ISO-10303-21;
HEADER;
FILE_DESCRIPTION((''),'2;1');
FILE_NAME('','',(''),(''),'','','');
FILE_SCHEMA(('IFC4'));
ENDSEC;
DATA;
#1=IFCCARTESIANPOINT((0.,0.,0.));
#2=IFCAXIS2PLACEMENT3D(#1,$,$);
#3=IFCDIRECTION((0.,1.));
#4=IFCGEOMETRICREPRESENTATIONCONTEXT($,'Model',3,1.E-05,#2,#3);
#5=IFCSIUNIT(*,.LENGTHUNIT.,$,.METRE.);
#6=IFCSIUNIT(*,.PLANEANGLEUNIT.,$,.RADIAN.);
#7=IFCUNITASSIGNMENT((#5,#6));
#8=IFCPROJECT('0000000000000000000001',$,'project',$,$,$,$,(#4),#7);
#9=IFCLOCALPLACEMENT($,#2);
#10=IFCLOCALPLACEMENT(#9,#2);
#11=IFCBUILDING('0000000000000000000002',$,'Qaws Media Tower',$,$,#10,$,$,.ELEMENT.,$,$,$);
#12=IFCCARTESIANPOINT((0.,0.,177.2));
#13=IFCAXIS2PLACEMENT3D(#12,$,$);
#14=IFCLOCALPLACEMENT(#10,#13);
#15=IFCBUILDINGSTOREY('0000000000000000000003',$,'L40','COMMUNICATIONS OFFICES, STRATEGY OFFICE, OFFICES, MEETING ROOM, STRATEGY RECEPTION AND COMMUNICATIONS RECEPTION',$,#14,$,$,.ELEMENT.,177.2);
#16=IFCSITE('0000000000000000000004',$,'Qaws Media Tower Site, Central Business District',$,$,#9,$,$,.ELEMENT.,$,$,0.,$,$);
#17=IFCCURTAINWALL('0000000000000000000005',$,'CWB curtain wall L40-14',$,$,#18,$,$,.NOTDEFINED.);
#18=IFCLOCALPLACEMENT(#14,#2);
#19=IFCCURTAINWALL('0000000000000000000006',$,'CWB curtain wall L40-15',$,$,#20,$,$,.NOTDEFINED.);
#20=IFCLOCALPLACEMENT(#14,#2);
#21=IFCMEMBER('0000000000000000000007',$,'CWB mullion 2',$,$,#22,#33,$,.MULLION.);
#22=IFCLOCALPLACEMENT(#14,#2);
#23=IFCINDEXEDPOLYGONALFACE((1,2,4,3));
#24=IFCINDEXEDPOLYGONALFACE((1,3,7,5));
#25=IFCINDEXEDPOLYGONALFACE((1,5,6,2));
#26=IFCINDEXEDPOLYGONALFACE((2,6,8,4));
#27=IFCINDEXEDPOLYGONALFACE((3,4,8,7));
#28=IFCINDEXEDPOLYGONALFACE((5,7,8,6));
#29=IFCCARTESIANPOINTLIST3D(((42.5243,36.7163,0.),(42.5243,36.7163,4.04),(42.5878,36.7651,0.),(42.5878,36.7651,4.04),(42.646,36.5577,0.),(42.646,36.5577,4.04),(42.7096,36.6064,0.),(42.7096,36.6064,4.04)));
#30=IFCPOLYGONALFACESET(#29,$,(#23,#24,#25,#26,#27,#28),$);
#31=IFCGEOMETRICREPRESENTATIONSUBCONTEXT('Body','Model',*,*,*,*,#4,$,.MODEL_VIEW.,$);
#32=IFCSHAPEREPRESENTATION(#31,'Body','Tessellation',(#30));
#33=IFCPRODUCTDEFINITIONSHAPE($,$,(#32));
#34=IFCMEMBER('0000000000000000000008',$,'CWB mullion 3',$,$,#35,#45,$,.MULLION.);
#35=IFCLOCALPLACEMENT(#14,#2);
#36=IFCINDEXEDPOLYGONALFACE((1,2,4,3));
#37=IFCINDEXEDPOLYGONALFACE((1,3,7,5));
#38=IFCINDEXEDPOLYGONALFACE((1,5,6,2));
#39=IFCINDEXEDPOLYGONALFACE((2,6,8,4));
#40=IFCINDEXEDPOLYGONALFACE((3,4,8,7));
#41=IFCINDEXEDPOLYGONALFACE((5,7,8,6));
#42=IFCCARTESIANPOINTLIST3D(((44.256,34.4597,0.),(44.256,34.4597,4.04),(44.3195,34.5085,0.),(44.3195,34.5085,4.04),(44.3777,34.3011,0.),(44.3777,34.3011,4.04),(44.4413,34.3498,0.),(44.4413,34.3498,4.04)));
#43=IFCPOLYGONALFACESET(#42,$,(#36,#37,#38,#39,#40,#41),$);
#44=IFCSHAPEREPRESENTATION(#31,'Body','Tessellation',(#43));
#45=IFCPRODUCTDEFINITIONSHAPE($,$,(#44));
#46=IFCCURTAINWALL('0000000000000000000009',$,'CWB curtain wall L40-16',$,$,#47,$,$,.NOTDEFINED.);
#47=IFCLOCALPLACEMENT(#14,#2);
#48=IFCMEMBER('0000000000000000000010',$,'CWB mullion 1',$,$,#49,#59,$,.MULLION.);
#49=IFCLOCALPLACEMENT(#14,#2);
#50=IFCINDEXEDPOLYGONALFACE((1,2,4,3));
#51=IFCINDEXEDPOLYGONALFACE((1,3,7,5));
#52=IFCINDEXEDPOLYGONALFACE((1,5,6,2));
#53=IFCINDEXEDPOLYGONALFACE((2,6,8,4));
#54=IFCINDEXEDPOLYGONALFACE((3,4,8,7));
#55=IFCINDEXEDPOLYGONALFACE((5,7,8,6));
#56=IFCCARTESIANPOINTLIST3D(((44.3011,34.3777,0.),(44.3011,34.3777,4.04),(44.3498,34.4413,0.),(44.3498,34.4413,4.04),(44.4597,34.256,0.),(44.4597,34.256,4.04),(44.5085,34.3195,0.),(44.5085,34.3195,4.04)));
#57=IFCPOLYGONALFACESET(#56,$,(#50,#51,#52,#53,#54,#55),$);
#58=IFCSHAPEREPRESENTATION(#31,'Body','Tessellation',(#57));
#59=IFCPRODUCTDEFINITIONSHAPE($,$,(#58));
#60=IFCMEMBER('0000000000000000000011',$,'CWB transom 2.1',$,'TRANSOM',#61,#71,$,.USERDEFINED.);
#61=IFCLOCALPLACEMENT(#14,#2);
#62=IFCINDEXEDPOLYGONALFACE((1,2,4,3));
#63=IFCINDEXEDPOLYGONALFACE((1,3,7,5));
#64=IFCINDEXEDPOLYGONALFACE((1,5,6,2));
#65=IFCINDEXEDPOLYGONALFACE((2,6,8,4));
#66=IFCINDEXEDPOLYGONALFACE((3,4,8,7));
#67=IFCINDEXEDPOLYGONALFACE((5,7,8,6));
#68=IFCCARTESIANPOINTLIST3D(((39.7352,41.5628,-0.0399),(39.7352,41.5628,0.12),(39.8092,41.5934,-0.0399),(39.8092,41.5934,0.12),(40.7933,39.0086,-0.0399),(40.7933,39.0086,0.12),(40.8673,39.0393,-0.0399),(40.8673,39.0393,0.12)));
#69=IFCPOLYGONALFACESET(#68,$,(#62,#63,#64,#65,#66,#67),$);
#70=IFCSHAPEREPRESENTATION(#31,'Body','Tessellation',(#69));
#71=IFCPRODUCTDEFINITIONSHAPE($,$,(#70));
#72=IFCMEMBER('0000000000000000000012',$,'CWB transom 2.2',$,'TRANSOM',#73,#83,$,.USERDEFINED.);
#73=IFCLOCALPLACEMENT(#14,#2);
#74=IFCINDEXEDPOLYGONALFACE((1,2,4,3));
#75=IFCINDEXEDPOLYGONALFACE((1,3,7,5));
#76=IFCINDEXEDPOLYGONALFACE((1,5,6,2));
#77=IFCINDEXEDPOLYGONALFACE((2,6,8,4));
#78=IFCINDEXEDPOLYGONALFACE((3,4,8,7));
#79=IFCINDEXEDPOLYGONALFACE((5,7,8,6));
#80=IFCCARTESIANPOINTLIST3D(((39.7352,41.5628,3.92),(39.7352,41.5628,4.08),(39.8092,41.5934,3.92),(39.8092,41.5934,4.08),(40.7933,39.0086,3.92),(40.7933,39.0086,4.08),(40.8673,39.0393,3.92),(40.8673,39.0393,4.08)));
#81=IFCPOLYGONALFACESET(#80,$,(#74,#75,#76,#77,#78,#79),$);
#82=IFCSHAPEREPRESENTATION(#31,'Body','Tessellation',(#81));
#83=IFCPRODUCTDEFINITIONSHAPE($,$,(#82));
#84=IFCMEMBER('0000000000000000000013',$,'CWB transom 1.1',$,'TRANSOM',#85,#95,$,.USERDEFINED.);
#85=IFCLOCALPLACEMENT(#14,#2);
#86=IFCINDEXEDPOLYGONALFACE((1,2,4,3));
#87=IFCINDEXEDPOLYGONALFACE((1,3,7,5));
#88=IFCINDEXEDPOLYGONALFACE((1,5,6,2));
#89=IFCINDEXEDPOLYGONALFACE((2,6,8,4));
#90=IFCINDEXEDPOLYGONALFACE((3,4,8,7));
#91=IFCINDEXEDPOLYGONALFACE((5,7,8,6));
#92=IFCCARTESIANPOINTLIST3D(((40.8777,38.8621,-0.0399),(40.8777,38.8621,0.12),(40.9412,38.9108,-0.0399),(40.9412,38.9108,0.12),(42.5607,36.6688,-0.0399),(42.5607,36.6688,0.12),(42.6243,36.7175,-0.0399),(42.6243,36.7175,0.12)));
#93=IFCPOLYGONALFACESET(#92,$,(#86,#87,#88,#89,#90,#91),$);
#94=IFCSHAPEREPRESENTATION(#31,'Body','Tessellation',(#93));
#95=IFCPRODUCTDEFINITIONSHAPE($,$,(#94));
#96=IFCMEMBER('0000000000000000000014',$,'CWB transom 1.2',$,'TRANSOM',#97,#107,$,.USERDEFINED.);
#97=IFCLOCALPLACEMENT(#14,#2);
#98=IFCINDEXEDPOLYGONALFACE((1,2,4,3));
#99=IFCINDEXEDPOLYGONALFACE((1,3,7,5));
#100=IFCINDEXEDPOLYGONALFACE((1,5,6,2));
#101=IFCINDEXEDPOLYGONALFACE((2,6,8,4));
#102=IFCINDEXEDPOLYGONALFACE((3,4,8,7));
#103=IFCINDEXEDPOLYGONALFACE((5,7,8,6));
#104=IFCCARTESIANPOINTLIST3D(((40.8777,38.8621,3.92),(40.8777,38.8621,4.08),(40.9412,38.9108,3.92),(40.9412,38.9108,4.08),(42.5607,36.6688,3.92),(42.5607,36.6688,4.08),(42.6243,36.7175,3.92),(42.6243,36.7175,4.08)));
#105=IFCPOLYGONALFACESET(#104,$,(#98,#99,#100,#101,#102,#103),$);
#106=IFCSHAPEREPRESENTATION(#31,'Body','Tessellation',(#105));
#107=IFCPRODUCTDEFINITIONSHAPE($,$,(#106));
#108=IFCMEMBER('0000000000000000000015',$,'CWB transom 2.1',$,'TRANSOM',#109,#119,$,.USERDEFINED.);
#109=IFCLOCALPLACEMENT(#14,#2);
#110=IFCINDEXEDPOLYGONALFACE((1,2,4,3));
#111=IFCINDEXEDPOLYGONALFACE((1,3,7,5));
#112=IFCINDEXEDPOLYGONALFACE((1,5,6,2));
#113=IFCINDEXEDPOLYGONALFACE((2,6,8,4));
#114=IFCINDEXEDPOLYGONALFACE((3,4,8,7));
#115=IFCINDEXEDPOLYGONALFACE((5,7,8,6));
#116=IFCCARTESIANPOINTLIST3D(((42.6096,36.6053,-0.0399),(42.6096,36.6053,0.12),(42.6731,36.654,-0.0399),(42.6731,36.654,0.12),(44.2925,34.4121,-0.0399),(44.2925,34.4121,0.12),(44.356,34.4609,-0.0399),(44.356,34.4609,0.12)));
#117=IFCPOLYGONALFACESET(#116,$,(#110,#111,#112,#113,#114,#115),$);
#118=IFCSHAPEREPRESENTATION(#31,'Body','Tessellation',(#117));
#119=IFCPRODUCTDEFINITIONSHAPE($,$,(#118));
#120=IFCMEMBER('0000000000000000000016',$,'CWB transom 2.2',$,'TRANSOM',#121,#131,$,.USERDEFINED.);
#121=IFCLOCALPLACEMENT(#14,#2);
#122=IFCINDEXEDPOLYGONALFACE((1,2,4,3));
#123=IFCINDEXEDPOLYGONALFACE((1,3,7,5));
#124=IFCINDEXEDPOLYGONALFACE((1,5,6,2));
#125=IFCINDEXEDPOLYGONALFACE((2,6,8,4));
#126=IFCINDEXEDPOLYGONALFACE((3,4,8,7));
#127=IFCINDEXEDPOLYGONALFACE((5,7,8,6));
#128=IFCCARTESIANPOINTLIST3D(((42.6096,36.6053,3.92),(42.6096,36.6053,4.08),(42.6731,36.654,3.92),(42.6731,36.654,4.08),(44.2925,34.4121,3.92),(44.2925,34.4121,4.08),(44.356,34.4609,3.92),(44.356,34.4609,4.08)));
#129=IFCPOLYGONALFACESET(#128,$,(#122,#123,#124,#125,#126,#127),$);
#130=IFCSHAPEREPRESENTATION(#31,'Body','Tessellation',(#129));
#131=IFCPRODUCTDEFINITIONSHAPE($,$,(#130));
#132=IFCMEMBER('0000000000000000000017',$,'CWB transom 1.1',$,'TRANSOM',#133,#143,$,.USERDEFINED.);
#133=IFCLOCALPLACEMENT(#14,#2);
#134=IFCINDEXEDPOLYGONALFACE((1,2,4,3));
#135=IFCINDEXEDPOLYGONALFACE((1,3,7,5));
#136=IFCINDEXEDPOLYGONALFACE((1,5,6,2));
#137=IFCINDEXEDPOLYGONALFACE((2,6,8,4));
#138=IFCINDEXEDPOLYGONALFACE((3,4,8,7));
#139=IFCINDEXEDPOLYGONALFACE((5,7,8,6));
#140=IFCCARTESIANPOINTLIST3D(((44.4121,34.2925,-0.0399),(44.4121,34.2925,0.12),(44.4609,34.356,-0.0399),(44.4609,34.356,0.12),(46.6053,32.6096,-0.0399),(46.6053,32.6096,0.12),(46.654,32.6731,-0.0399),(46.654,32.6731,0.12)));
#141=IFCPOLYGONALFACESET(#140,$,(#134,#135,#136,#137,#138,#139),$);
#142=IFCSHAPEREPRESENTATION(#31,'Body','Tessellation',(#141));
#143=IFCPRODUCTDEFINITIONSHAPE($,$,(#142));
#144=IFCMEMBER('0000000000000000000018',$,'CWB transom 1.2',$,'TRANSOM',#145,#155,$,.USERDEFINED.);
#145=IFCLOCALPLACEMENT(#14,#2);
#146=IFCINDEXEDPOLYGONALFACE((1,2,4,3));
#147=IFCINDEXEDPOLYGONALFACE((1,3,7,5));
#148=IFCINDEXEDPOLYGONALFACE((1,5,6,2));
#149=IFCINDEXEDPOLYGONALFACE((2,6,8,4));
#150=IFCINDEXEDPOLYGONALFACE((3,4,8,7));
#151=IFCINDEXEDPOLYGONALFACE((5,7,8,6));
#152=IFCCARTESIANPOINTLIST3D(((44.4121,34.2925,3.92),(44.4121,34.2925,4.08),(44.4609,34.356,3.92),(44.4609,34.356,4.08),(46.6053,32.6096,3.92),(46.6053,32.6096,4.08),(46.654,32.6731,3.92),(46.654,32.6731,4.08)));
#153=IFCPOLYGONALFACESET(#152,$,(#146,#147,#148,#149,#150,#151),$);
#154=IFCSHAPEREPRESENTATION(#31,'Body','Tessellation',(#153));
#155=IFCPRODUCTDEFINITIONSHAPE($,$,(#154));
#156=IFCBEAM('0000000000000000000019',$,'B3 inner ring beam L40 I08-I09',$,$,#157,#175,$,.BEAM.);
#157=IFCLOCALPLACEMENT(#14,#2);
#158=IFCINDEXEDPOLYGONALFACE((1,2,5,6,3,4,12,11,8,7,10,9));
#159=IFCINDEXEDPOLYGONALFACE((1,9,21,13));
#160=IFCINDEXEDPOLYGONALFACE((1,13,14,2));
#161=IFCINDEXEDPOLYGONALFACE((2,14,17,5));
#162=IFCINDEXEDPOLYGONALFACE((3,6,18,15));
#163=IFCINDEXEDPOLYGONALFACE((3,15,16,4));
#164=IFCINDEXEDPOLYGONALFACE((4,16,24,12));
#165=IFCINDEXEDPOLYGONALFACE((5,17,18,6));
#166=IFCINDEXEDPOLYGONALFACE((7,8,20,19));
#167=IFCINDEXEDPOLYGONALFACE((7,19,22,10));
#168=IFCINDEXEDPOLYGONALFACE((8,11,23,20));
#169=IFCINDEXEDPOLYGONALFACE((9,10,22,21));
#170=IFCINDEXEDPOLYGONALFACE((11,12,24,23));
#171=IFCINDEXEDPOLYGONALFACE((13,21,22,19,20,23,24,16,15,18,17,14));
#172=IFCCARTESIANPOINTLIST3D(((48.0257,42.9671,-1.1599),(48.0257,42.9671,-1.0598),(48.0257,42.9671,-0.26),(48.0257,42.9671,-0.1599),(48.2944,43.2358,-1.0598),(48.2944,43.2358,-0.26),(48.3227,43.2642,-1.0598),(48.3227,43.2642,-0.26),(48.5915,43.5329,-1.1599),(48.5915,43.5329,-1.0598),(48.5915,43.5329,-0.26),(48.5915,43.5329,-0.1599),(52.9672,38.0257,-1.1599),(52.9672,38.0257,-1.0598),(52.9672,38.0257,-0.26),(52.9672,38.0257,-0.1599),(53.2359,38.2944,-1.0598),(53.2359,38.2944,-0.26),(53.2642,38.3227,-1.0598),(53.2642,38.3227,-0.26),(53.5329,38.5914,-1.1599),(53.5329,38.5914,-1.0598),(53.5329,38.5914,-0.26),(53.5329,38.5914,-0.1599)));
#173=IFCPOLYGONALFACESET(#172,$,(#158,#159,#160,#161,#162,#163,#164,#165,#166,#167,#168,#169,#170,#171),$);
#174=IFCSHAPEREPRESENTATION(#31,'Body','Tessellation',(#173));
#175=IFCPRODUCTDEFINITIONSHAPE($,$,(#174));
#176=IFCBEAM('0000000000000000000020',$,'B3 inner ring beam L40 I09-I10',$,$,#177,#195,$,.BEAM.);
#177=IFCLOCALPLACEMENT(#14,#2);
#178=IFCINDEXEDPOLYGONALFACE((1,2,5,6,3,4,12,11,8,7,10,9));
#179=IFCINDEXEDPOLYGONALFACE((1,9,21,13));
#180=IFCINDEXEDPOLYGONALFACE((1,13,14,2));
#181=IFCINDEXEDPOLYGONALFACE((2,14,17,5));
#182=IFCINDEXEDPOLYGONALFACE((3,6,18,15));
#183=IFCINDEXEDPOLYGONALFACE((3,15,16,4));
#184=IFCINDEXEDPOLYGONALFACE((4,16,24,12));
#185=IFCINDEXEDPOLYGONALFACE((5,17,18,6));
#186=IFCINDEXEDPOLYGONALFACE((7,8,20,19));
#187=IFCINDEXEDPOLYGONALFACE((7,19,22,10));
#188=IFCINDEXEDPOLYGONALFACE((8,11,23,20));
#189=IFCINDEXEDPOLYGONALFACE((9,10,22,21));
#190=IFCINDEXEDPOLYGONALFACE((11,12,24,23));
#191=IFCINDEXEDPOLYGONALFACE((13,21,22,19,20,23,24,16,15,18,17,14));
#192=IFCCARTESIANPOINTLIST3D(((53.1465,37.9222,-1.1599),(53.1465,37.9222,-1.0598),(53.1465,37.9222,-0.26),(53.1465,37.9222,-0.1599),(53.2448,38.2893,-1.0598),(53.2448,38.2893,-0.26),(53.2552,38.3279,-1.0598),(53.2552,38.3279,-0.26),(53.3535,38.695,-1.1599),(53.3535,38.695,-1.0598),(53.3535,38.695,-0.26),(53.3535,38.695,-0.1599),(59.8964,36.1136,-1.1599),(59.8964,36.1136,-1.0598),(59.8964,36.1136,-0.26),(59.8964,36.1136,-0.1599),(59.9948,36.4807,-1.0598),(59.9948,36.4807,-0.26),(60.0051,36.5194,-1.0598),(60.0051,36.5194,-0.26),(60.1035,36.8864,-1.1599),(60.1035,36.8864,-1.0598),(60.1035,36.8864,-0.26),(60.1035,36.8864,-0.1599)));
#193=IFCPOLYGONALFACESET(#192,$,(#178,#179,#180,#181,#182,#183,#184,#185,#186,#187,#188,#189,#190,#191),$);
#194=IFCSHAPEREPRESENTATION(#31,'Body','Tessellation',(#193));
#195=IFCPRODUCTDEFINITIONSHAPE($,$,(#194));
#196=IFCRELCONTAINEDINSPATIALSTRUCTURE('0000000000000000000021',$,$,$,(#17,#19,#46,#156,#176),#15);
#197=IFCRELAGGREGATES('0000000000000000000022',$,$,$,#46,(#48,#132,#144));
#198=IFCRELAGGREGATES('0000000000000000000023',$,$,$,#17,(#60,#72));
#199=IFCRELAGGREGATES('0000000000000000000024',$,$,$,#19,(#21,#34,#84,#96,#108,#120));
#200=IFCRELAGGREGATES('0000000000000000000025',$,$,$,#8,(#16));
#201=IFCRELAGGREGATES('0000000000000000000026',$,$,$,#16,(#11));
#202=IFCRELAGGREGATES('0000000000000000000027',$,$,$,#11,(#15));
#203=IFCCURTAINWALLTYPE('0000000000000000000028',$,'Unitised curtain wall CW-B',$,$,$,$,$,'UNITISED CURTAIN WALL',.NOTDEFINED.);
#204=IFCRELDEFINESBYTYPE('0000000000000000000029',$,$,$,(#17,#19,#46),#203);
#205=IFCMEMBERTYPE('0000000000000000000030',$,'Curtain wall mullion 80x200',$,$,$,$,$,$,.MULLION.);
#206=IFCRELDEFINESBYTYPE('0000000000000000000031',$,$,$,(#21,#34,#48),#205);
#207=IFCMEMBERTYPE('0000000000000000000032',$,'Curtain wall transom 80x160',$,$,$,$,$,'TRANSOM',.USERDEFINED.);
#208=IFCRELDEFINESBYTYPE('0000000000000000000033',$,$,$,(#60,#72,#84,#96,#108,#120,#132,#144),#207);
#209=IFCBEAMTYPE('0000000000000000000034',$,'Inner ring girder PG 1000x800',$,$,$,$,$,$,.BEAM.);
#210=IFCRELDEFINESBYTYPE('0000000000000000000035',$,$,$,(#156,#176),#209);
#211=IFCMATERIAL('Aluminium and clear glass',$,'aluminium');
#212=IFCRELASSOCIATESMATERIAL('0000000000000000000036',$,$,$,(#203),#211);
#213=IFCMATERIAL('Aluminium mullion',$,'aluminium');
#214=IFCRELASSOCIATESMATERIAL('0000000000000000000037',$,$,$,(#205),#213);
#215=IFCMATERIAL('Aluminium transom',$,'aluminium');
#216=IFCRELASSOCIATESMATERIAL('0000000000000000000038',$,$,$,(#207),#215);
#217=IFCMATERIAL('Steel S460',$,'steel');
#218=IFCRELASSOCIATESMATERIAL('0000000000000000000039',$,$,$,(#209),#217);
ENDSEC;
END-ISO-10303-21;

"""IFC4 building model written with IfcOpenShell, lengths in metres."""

from ifc_helpers import new_model, si_unit, direction, frame, origin, origin_2d, place, context, subcontext, project, spatial, rectangle, i_section, extrude, material, material_profile, profile_set, type_object, element, aggregate, save


model = new_model("IFC4")

# Units and contexts
model_context = context("Model", 3, precision=1e-05, world=origin(), true_north=direction((0.0, 1.0)))
body_context = subcontext(model_context, "Body", "Model", "MODEL_VIEW")
ifc_project = project(units=[si_unit("LENGTHUNIT", "METRE"), si_unit("PLANEANGLEUNIT", "RADIAN")], contexts=[model_context])

# Site, building, storey
site_placement = place(None, origin())
site = spatial("IfcSite", under=ifc_project, at=site_placement, Name="Qaws Media Tower Site, Central Business District", CompositionType="ELEMENT", RefElevation=0.0)
building_placement = place(site_placement, origin())
building = spatial("IfcBuilding", under=site, at=building_placement, Name="Qaws Media Tower", CompositionType="ELEMENT")
storey_placement = place(building_placement, frame((0.0, 0.0, 177.2)))
storey = spatial("IfcBuildingStorey", under=building, at=storey_placement, Name="L40", Description="COMMUNICATIONS OFFICES, STRATEGY OFFICE, OFFICES, MEETING ROOM, STRATEGY RECEPTION AND COMMUNICATIONS RECEPTION", CompositionType="ELEMENT", Elevation=177.2)

# Curtain wall
ifc_material_1 = material(Name="Aluminium and clear glass", Category="aluminium")
curtain_wall_type = type_object("IfcCurtainWallType", Name="Unitised curtain wall CW-B", ElementType="UNITISED CURTAIN WALL", PredefinedType="NOTDEFINED", material=ifc_material_1)
curtain_wall_1_placement = place(storey_placement, origin())
curtain_wall_1 = element("IfcCurtainWall", 1, at=curtain_wall_1_placement, inside=storey, type_object=curtain_wall_type, Name="CWB curtain wall L40-14", PredefinedType="NOTDEFINED")
ifc_material_2 = material(Name="Aluminium mullion", Category="aluminium")
ifc_material_profile_1 = material_profile(ifc_material_2, rectangle(XDim=0.0801, YDim=0.2, at=origin_2d()), Name="80x200")
ifc_profile_set_1 = profile_set([ifc_material_profile_1], Name="Aluminium mullion")
member_type_1 = type_object("IfcMemberType", Name="Curtain wall mullion 80x200", PredefinedType="MULLION", material=ifc_profile_set_1)

# Curtain wall, members
curtain_wall_2_placement = place(storey_placement, origin())
curtain_wall_2 = element("IfcCurtainWall", 2, at=curtain_wall_2_placement, inside=storey, type_object=curtain_wall_type, Name="CWB curtain wall L40-15", PredefinedType="NOTDEFINED")
member_1_placement = place(storey_placement, frame((42.6169, 36.6614, 0.0), z_axis=(0.0, 0.0, 1.0), x_axis=(0.793353, 0.608761, 0.0)))
member_1 = element("IfcMember", 3, at=member_1_placement, type_object=member_type_1, Name="CWB mullion 2", PredefinedType="MULLION", context=body_context, shape_type="SweptSolid", body=[
    extrude(rectangle(XDim=0.0801, YDim=0.2, at=origin_2d()), origin(), (0.0, 0.0, 1.0), 4.04),
])
member_2_placement = place(storey_placement, frame((44.3486, 34.4048, 0.0), z_axis=(0.0, 0.0, 1.0), x_axis=(0.793353, 0.608761, 0.0)))
member_2 = element("IfcMember", 4, at=member_2_placement, type_object=member_type_1, Name="CWB mullion 3", PredefinedType="MULLION", context=body_context, shape_type="SweptSolid", body=[
    extrude(rectangle(XDim=0.0801, YDim=0.2, at=origin_2d()), origin(), (0.0, 0.0, 1.0), 4.04),
])

# Curtain wall, member
curtain_wall_3_placement = place(storey_placement, origin())
curtain_wall_3 = element("IfcCurtainWall", 5, at=curtain_wall_3_placement, inside=storey, type_object=curtain_wall_type, Name="CWB curtain wall L40-16", PredefinedType="NOTDEFINED")
member_3_placement = place(storey_placement, frame((44.4048, 34.3486, 0.0), z_axis=(0.0, 0.0, 1.0), x_axis=(0.608761, 0.793353, 0.0)))
member_3 = element("IfcMember", 6, at=member_3_placement, type_object=member_type_1, Name="CWB mullion 1", PredefinedType="MULLION", context=body_context, shape_type="SweptSolid", body=[
    extrude(rectangle(XDim=0.0801, YDim=0.2, at=origin_2d()), origin(), (0.0, 0.0, 1.0), 4.04),
])

# Members
ifc_material_3 = material(Name="Aluminium transom", Category="aluminium")
ifc_material_profile_2 = material_profile(ifc_material_3, rectangle(XDim=0.0801, YDim=0.1599, at=origin_2d()), Name="80x160")
ifc_profile_set_2 = profile_set([ifc_material_profile_2], Name="Aluminium transom")
member_type_2 = type_object("IfcMemberType", Name="Curtain wall transom 80x160", ElementType="TRANSOM", PredefinedType="USERDEFINED", material=ifc_profile_set_2)
member_4_placement = place(storey_placement, frame((39.7722, 41.5781, 0.04), z_axis=(0.382721, -0.923864, 0.0), x_axis=(0.923864, 0.382721, 0.0)))
member_4 = element("IfcMember", 7, at=member_4_placement, type_object=member_type_2, Name="CWB transom 2.1", ObjectType="TRANSOM", PredefinedType="USERDEFINED", context=body_context, shape_type="SweptSolid", body=[
    extrude(rectangle(XDim=0.0801, YDim=0.1599, at=origin_2d()), origin(), (0.0, 0.0, 1.0), 2.7646),
])
member_5_placement = place(storey_placement, frame((39.7722, 41.5781, 4.0), z_axis=(0.382721, -0.923864, 0.0), x_axis=(0.923864, 0.382721, 0.0)))
member_5 = element("IfcMember", 8, at=member_5_placement, type_object=member_type_2, Name="CWB transom 2.2", ObjectType="TRANSOM", PredefinedType="USERDEFINED", context=body_context, shape_type="SweptSolid", body=[
    extrude(rectangle(XDim=0.0801, YDim=0.1599, at=origin_2d()), origin(), (0.0, 0.0, 1.0), 2.7646),
])
member_6_placement = place(storey_placement, frame((40.9094, 38.8865, 0.04), z_axis=(0.60878, -0.793339, 0.0), x_axis=(0.793339, 0.60878, 0.0)))
member_6 = element("IfcMember", 9, at=member_6_placement, type_object=member_type_2, Name="CWB transom 1.1", ObjectType="TRANSOM", PredefinedType="USERDEFINED", context=body_context, shape_type="SweptSolid", body=[
    extrude(rectangle(XDim=0.0801, YDim=0.1599, at=origin_2d()), origin(), (0.0, 0.0, 1.0), 2.7646),
])
member_7_placement = place(storey_placement, frame((40.9094, 38.8865, 4.0), z_axis=(0.60878, -0.793339, 0.0), x_axis=(0.793339, 0.60878, 0.0)))
member_7 = element("IfcMember", 10, at=member_7_placement, type_object=member_type_2, Name="CWB transom 1.2", ObjectType="TRANSOM", PredefinedType="USERDEFINED", context=body_context, shape_type="SweptSolid", body=[
    extrude(rectangle(XDim=0.0801, YDim=0.1599, at=origin_2d()), origin(), (0.0, 0.0, 1.0), 2.7646),
])
member_8_placement = place(storey_placement, frame((42.6414, 36.6296, 0.04), z_axis=(0.608767, -0.793349, 0.0), x_axis=(0.793349, 0.608767, 0.0)))
member_8 = element("IfcMember", 11, at=member_8_placement, type_object=member_type_2, Name="CWB transom 2.1", ObjectType="TRANSOM", PredefinedType="USERDEFINED", context=body_context, shape_type="SweptSolid", body=[
    extrude(rectangle(XDim=0.0801, YDim=0.1599, at=origin_2d()), origin(), (0.0, 0.0, 1.0), 2.7644),
])
member_9_placement = place(storey_placement, frame((42.6414, 36.6296, 4.0), z_axis=(0.608767, -0.793349, 0.0), x_axis=(0.793349, 0.608767, 0.0)))
member_9 = element("IfcMember", 12, at=member_9_placement, type_object=member_type_2, Name="CWB transom 2.2", ObjectType="TRANSOM", PredefinedType="USERDEFINED", context=body_context, shape_type="SweptSolid", body=[
    extrude(rectangle(XDim=0.0801, YDim=0.1599, at=origin_2d()), origin(), (0.0, 0.0, 1.0), 2.7644),
])
member_10_placement = place(storey_placement, frame((44.4365, 34.3242, 0.04), z_axis=(0.793349, -0.608767, 0.0), x_axis=(0.608767, 0.793349, 0.0)))
member_10 = element("IfcMember", 13, at=member_10_placement, type_object=member_type_2, Name="CWB transom 1.1", ObjectType="TRANSOM", PredefinedType="USERDEFINED", context=body_context, shape_type="SweptSolid", body=[
    extrude(rectangle(XDim=0.0801, YDim=0.1599, at=origin_2d()), origin(), (0.0, 0.0, 1.0), 2.7644),
])
member_11_placement = place(storey_placement, frame((44.4365, 34.3242, 4.0), z_axis=(0.793349, -0.608767, 0.0), x_axis=(0.608767, 0.793349, 0.0)))
member_11 = element("IfcMember", 14, at=member_11_placement, type_object=member_type_2, Name="CWB transom 1.2", ObjectType="TRANSOM", PredefinedType="USERDEFINED", context=body_context, shape_type="SweptSolid", body=[
    extrude(rectangle(XDim=0.0801, YDim=0.1599, at=origin_2d()), origin(), (0.0, 0.0, 1.0), 2.7644),
])
aggregate(curtain_wall_3, [member_3, member_10, member_11])

# Beams
ifc_material_4 = material(Name="Steel S460", Category="steel")
ifc_material_profile_3 = material_profile(ifc_material_4, i_section(OverallWidth=0.8, OverallDepth=1.0, WebThickness=0.04, FlangeThickness=0.1001, at=origin_2d()), Name="PG 1000x800")
ifc_profile_set_3 = profile_set([ifc_material_profile_3], Name="Steel S460")
beam_type_1 = type_object("IfcBeamType", Name="Inner ring girder PG 1000x800", PredefinedType="BEAM", material=ifc_profile_set_3)
beam_1_placement = place(storey_placement, frame((48.3086, 43.25, -0.6599), z_axis=(0.707107, -0.707107, 0.0), x_axis=(0.707107, 0.707107, 0.0)))
element("IfcBeam", 15, at=beam_1_placement, inside=storey, type_object=beam_type_1, Name="B3 inner ring beam L40 I08-I09", PredefinedType="BEAM", context=body_context, shape_type="SweptSolid", body=[
    extrude(i_section(OverallWidth=0.8, OverallDepth=1.0, WebThickness=0.04, FlangeThickness=0.1001, at=origin_2d()), origin(), (0.0, 0.0, 1.0), 6.9883),
])
beam_2_placement = place(storey_placement, frame((53.25, 38.3086, -0.6599), z_axis=(0.965928, -0.258811, 0.0), x_axis=(0.258811, 0.965928, 0.0)))
element("IfcBeam", 16, at=beam_2_placement, inside=storey, type_object=beam_type_1, Name="B3 inner ring beam L40 I09-I10", PredefinedType="BEAM", context=body_context, shape_type="SweptSolid", body=[
    extrude(i_section(OverallWidth=0.8, OverallDepth=1.0, WebThickness=0.04, FlangeThickness=0.1001, at=origin_2d()), origin(), (0.0, 0.0, 1.0), 6.988),
])

aggregate(curtain_wall_1, [member_4, member_5])
aggregate(curtain_wall_2, [member_1, member_2, member_6, member_7, member_8, member_9])

save(model, "model.ifc")
